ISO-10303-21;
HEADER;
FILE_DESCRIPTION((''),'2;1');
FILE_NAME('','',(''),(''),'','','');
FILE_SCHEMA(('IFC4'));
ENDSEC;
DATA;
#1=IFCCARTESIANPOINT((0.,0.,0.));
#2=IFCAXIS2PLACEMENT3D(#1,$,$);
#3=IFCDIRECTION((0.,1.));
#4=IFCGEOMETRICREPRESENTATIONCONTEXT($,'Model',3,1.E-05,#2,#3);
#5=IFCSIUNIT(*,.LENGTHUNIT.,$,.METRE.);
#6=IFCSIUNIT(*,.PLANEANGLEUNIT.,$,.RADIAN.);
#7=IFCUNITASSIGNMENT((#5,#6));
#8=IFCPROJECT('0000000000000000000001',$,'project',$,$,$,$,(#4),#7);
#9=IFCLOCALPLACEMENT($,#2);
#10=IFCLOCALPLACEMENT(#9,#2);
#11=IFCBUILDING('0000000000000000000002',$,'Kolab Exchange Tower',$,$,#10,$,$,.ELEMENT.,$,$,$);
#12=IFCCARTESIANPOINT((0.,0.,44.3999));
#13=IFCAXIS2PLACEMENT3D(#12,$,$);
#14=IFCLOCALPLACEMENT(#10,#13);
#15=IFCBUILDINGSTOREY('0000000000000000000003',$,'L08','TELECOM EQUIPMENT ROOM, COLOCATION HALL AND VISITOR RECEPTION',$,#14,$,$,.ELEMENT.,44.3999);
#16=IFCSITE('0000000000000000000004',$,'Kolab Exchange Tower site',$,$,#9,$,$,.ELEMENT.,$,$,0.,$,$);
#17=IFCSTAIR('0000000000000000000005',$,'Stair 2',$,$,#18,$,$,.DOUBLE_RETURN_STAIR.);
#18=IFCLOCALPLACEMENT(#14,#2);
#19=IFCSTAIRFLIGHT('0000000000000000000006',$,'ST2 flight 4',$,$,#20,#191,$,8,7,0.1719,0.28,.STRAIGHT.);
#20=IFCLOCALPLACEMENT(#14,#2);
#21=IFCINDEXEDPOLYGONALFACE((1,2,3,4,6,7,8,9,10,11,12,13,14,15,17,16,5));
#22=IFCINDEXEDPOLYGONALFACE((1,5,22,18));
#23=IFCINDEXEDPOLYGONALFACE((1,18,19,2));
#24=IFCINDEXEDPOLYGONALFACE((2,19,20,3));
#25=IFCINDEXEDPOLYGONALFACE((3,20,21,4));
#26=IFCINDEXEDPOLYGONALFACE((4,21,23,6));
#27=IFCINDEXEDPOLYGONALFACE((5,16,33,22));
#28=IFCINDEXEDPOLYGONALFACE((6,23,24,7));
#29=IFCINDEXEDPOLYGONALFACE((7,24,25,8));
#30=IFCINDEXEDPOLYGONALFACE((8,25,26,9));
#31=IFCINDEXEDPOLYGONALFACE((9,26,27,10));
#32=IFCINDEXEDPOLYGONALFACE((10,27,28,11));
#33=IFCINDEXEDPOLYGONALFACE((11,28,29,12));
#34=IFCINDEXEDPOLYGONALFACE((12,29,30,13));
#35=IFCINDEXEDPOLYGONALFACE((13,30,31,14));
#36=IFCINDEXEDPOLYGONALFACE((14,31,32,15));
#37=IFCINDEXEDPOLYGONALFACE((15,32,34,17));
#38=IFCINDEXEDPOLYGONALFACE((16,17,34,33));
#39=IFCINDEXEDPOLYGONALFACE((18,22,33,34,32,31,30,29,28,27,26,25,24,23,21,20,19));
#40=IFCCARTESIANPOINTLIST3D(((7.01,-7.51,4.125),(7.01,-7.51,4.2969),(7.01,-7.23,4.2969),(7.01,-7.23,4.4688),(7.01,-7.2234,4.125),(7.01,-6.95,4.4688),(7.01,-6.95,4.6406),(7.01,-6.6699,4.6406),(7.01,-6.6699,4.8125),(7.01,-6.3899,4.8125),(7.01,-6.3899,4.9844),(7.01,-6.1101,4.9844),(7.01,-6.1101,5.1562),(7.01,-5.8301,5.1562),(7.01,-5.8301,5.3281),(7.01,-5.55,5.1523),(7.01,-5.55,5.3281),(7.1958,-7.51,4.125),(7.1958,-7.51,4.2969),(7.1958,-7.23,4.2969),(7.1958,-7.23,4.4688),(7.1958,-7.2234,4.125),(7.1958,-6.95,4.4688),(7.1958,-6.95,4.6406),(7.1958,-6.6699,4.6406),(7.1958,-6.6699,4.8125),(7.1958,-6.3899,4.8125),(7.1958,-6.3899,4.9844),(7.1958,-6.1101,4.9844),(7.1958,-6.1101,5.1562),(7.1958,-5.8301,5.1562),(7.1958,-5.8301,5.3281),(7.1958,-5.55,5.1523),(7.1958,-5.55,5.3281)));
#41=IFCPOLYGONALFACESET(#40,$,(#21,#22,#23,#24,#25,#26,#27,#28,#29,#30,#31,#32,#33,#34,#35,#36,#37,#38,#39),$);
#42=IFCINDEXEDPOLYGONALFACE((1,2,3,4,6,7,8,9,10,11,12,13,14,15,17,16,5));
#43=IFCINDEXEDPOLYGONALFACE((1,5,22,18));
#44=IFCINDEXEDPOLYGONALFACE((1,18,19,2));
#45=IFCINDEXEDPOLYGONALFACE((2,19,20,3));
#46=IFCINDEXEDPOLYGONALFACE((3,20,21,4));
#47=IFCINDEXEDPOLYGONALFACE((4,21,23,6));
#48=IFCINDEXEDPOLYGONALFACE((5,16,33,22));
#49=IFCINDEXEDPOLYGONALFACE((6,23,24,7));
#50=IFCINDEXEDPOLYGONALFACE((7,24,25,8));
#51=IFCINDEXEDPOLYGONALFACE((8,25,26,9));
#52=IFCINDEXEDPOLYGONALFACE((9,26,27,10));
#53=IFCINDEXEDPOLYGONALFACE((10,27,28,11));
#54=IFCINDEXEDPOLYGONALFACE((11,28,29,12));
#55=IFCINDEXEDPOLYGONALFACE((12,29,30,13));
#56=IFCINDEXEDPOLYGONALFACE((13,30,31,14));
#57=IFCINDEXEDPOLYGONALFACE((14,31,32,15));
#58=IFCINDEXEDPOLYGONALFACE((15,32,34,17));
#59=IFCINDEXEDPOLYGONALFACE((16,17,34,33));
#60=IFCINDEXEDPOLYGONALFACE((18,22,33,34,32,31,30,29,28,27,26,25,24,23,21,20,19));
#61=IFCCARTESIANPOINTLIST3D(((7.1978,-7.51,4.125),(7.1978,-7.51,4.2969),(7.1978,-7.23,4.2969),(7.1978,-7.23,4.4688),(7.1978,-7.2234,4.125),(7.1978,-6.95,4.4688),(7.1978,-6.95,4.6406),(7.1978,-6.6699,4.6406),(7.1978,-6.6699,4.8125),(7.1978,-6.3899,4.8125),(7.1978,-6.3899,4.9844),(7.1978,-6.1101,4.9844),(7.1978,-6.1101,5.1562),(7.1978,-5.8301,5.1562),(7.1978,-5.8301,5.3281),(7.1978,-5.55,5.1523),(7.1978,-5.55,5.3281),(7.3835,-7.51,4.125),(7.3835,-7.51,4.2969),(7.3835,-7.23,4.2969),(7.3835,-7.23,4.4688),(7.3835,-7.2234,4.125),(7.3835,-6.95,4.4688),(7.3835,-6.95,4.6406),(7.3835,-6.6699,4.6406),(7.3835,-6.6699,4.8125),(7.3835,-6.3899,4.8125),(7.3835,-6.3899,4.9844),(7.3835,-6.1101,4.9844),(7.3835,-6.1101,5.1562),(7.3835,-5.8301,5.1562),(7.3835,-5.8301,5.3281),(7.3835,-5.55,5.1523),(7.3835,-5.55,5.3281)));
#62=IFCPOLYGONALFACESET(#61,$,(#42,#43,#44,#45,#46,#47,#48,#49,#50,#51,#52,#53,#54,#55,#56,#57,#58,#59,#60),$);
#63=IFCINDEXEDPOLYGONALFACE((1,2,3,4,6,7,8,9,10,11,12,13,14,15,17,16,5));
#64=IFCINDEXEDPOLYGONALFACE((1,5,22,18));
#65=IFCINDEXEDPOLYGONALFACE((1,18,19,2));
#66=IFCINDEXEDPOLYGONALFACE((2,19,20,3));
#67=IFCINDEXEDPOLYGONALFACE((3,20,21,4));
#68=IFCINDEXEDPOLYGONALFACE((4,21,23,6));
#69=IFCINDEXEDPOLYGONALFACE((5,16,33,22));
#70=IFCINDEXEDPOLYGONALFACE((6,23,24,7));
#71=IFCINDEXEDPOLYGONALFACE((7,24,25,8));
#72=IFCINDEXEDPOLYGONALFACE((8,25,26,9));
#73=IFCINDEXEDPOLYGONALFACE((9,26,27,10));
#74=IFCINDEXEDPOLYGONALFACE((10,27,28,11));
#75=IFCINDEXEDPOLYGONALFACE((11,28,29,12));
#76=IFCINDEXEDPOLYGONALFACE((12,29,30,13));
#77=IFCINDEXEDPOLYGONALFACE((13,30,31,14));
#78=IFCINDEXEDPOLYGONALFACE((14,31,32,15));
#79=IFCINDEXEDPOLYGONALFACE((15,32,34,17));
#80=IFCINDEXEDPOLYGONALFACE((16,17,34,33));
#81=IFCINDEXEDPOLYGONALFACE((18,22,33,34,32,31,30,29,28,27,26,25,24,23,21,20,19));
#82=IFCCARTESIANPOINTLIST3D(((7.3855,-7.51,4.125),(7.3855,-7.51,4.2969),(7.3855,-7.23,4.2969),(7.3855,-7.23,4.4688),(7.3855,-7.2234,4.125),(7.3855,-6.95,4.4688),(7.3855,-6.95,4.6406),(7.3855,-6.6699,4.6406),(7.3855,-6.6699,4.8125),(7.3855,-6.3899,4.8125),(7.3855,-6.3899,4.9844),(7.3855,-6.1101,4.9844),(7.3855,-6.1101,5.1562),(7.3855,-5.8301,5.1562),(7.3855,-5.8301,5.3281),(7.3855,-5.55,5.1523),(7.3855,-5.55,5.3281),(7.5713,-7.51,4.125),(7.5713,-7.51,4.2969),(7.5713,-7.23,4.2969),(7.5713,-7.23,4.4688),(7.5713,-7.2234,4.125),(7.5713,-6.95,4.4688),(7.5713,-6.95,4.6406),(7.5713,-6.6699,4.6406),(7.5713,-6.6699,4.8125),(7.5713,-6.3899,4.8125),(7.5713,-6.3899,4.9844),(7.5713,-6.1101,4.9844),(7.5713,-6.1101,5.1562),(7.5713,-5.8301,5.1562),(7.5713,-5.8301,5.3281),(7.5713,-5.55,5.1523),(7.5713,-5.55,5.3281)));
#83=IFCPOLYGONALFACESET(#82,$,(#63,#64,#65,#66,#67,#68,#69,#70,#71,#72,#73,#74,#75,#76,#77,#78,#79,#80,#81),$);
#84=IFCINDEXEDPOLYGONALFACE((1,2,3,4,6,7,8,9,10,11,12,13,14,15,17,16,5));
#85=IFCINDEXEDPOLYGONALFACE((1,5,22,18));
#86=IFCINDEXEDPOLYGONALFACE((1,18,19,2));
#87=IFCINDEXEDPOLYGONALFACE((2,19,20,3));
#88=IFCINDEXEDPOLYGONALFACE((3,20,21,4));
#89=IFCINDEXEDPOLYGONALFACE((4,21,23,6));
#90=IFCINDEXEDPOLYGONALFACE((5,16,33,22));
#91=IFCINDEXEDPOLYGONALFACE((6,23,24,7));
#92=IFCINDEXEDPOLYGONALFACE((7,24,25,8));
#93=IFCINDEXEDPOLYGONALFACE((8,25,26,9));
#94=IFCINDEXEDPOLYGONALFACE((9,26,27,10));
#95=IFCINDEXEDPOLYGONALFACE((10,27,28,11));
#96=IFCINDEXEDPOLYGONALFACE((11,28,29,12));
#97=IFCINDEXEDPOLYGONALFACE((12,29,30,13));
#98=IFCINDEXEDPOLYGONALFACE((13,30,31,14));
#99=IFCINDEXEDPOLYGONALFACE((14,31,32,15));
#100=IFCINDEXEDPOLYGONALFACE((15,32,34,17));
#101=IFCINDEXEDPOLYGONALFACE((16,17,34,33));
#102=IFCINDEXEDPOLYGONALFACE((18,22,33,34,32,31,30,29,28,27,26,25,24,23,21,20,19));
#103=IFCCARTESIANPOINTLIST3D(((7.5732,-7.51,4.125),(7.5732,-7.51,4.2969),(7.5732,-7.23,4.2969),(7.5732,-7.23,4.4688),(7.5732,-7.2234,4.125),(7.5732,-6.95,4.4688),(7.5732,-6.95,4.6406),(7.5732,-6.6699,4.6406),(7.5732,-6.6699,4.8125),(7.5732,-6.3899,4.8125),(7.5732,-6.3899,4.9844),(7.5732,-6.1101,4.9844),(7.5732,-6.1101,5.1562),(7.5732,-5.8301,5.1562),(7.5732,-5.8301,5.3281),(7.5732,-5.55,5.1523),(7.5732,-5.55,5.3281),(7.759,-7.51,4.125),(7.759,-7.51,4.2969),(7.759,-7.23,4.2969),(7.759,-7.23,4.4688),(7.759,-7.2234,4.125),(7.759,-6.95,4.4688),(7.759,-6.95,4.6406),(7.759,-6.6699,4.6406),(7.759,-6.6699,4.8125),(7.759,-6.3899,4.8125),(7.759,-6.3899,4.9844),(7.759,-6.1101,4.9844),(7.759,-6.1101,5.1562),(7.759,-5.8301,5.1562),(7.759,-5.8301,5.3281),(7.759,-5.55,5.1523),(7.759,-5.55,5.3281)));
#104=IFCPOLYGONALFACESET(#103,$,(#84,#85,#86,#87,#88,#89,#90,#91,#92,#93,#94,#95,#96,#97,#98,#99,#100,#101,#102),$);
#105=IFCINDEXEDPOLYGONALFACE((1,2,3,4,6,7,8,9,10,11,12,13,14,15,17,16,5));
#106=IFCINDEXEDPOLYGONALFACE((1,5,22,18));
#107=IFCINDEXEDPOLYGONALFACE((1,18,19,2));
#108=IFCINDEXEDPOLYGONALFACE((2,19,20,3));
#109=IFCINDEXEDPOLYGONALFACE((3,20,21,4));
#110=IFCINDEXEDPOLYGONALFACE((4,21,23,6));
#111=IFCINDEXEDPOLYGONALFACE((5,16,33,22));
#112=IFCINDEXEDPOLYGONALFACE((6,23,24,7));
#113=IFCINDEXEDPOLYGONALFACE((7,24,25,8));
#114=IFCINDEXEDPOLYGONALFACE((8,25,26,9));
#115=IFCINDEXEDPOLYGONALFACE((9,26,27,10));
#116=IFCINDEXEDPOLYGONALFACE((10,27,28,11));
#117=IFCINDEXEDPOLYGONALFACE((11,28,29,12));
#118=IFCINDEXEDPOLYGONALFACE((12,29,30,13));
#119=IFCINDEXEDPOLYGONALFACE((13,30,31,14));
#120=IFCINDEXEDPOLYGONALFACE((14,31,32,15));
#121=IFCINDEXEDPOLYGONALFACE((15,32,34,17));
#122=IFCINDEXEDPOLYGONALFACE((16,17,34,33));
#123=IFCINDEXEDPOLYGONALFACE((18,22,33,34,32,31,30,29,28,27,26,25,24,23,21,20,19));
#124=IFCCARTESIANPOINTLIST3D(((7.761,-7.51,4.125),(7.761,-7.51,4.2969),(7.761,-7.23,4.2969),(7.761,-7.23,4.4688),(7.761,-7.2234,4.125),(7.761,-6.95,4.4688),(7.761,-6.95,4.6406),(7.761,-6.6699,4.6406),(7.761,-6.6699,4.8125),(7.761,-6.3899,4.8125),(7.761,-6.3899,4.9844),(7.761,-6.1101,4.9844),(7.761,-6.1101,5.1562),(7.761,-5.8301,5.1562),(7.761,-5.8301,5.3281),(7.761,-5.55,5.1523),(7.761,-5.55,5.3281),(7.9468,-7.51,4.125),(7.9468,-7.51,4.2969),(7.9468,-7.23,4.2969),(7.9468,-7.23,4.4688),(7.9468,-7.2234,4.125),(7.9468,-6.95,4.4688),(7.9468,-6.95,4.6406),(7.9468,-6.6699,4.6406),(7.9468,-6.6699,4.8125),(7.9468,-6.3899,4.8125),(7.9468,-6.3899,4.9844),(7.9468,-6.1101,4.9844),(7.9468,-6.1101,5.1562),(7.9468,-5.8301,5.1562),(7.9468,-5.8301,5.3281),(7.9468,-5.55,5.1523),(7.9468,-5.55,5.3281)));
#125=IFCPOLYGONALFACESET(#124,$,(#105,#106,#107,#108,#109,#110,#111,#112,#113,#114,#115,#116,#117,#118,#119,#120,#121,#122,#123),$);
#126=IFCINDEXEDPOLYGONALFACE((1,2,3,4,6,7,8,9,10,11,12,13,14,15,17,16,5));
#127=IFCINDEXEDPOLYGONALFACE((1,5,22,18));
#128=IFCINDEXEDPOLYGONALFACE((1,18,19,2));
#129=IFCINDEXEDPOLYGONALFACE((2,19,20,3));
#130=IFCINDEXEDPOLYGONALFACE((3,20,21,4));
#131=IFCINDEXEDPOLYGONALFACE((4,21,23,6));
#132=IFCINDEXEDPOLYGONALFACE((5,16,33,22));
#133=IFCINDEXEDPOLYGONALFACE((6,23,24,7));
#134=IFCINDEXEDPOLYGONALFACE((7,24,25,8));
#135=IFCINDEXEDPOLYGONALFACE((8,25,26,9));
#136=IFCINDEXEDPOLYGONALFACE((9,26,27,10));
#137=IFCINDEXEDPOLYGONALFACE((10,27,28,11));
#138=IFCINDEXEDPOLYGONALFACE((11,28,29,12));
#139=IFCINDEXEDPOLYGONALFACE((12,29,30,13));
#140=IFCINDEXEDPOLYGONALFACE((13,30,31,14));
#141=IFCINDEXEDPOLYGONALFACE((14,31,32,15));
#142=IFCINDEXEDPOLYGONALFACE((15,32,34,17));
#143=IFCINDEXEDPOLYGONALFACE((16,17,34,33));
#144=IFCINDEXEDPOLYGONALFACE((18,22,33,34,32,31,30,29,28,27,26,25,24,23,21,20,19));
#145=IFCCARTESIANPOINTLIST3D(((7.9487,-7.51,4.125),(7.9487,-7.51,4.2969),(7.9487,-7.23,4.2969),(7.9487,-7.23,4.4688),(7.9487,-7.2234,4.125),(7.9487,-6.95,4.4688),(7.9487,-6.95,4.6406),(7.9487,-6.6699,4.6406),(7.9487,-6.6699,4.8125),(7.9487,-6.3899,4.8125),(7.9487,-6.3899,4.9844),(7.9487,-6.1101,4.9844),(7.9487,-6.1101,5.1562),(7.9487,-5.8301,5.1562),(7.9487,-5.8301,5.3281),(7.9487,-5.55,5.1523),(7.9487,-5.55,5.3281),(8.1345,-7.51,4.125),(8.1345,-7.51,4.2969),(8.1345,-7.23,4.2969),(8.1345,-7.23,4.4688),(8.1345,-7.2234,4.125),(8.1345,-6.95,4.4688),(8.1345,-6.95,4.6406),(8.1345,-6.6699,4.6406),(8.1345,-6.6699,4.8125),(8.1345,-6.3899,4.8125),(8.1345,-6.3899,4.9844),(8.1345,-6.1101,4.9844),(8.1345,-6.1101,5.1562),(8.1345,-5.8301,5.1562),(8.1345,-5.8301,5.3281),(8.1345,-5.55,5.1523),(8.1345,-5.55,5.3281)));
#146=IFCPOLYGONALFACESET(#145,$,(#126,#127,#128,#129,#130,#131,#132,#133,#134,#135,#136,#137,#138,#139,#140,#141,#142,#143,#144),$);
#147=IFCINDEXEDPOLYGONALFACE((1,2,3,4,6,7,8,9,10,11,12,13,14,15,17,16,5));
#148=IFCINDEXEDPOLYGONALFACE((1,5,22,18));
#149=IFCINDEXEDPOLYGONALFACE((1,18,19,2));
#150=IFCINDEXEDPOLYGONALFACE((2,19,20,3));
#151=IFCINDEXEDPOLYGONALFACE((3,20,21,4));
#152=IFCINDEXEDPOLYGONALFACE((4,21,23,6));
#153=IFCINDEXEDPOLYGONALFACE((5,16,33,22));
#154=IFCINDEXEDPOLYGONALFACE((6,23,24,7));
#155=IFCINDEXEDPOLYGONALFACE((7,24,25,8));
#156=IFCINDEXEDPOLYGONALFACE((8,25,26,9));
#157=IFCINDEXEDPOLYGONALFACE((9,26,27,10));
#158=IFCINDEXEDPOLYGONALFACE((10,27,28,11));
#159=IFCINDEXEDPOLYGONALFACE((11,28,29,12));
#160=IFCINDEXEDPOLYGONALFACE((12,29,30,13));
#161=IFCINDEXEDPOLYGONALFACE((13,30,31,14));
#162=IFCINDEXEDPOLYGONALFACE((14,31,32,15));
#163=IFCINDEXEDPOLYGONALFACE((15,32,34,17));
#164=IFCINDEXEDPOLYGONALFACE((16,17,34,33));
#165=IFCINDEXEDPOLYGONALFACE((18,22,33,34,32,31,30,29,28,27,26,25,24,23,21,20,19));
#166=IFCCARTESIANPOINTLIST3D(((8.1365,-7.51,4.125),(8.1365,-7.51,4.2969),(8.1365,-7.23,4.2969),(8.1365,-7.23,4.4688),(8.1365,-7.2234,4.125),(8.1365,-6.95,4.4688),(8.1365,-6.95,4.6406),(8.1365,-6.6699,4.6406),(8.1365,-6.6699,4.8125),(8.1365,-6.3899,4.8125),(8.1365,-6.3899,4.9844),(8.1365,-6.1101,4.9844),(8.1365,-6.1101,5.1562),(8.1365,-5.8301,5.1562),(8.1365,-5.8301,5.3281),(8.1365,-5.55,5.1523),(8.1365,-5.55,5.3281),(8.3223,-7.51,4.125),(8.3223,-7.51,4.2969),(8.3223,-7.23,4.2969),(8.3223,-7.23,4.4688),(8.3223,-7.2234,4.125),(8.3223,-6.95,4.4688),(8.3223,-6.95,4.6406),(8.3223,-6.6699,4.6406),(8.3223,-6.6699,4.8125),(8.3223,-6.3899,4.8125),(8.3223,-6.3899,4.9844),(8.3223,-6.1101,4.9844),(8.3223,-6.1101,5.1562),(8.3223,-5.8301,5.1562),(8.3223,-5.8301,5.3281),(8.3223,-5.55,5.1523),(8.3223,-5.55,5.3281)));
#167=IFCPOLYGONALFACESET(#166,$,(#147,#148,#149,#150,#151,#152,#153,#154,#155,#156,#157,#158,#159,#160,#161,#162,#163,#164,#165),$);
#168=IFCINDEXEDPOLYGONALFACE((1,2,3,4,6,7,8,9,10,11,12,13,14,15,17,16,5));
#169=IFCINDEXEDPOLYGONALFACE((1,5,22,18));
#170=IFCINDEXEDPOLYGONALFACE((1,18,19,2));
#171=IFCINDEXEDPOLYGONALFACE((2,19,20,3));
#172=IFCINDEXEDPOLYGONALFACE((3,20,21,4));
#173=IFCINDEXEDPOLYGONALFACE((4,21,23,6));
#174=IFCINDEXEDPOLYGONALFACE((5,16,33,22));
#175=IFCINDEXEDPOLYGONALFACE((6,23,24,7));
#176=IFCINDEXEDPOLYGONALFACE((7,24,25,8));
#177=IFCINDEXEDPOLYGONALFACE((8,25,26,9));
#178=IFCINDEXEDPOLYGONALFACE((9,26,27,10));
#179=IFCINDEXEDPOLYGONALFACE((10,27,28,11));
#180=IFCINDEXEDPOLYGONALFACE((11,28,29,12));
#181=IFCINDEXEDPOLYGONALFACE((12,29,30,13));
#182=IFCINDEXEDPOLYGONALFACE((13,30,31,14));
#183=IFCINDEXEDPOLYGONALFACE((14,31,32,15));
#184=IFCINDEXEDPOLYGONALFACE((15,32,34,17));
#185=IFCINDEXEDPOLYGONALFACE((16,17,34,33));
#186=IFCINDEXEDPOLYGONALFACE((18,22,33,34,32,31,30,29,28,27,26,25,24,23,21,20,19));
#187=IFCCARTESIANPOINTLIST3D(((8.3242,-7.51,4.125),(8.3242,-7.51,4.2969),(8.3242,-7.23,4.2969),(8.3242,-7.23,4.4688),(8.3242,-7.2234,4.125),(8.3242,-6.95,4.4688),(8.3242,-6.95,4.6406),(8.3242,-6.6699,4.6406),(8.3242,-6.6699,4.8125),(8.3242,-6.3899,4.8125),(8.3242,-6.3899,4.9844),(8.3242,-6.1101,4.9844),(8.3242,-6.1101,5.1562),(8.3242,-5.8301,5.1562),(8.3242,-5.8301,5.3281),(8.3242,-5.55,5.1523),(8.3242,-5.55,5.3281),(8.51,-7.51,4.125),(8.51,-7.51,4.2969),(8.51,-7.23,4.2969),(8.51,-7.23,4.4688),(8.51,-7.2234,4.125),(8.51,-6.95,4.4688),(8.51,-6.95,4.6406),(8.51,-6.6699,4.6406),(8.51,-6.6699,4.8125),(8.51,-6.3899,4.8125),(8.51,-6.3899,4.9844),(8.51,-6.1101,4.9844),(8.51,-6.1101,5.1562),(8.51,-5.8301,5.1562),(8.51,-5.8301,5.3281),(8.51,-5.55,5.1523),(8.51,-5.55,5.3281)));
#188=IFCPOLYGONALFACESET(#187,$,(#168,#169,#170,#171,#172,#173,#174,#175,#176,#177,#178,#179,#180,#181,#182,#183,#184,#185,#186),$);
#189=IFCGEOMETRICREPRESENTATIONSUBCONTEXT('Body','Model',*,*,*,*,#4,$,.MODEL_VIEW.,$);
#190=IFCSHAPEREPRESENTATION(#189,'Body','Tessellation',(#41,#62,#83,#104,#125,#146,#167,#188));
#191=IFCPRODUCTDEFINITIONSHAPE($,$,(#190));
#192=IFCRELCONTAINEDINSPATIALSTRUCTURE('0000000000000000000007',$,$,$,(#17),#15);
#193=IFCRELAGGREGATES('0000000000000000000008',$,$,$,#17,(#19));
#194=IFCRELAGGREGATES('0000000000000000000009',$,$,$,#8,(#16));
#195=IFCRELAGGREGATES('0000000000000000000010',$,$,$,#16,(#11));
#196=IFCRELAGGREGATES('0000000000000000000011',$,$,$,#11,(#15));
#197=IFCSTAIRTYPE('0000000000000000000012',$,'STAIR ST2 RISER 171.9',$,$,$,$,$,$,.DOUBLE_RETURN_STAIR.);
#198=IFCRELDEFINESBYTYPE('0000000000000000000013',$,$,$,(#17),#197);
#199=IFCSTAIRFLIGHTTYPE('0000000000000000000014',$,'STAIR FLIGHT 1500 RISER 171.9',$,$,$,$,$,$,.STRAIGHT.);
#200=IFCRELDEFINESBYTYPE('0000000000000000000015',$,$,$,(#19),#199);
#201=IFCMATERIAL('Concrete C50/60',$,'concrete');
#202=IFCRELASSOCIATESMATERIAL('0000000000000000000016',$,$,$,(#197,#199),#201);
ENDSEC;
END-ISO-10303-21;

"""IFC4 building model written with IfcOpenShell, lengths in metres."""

from ifc_helpers import new_model, si_unit, direction, frame, origin, place, context, subcontext, project, spatial, polyline, outline, extrude, material, type_object, element, aggregate, save


model = new_model("IFC4")

# Units and contexts
model_context = context("Model", 3, precision=1e-05, world=origin(), true_north=direction((0.0, 1.0)))
body_context = subcontext(model_context, "Body", "Model", "MODEL_VIEW")
ifc_project = project(units=[si_unit("LENGTHUNIT", "METRE"), si_unit("PLANEANGLEUNIT", "RADIAN")], contexts=[model_context])

# Site, building, storey
site_placement = place(None, origin())
site = spatial("IfcSite", under=ifc_project, at=site_placement, Name="Kolab Exchange Tower site", CompositionType="ELEMENT", RefElevation=0.0)
building_placement = place(site_placement, origin())
building = spatial("IfcBuilding", under=site, at=building_placement, Name="Kolab Exchange Tower", CompositionType="ELEMENT")
storey_placement = place(building_placement, frame((0.0, 0.0, 44.3999)))
storey = spatial("IfcBuildingStorey", under=building, at=storey_placement, Name="L08", Description="TELECOM EQUIPMENT ROOM, COLOCATION HALL AND VISITOR RECEPTION", CompositionType="ELEMENT", Elevation=44.3999)

# Shared definitions
ifc_material_1 = material(Name="Concrete C50/60", Category="concrete")

# Stair, stair flight
stair_type = type_object("IfcStairType", Name="STAIR ST2 RISER 171.9", PredefinedType="DOUBLE_RETURN_STAIR", material=ifc_material_1)
stair_placement = place(storey_placement, origin())
stair = element("IfcStair", 1, at=stair_placement, inside=storey, type_object=stair_type, Name="Stair 2", PredefinedType="DOUBLE_RETURN_STAIR")
stair_flight_type = type_object("IfcStairFlightType", Name="STAIR FLIGHT 1500 RISER 171.9", PredefinedType="STRAIGHT", material=ifc_material_1)
stair_flight_1_placement = place(storey_placement, frame((7.76, -7.51, 4.125), z_axis=(0.0, 0.0, 1.0), x_axis=(0.0, 1.0, 0.0)))
stair_flight_1 = element("IfcStairFlight", 2, at=stair_flight_1_placement, type_object=stair_flight_type, Name="ST2 flight 4", NumberOfRisers=8, NumberOfTreads=7, PredefinedType="STRAIGHT", RiserHeight=0.1719, TreadLength=0.28, context=body_context, shape_type="SweptSolid", body=[
    extrude(outline(polyline([(0.0, 0.0), (0.0, 0.1719), (0.28, 0.1719), (0.28, 0.3438), (0.5601, 0.3438), (0.5601, 0.5156), (0.8401, 0.5156), (0.8401, 0.6875), (1.1201, 0.6875), (1.1201, 0.8594), (1.3999, 0.8594), (1.3999, 1.0312), (1.6799, 1.0312), (1.6799, 1.2031), (1.96, 1.2031), (1.96, 1.375), (1.96, 1.0273), (0.2866, 0.0), (0.0, 0.0)])), frame((0.0, 0.75, 0.0), z_axis=(0.0, -1.0, 0.0), x_axis=(1.0, 0.0, 0.0)), (0.0, 0.0, 1.0), 0.1858),
    extrude(outline(polyline([(0.0, 0.0), (0.0, 0.1719), (0.28, 0.1719), (0.28, 0.3438), (0.5601, 0.3438), (0.5601, 0.5156), (0.8401, 0.5156), (0.8401, 0.6875), (1.1201, 0.6875), (1.1201, 0.8594), (1.3999, 0.8594), (1.3999, 1.0312), (1.6799, 1.0312), (1.6799, 1.2031), (1.96, 1.2031), (1.96, 1.375), (1.96, 1.0273), (0.2866, 0.0), (0.0, 0.0)])), frame((0.0, 0.5623, 0.0), z_axis=(0.0, -1.0, 0.0), x_axis=(1.0, 0.0, 0.0)), (0.0, 0.0, 1.0), 0.1858),
    extrude(outline(polyline([(0.0, 0.0), (0.0, 0.1719), (0.28, 0.1719), (0.28, 0.3438), (0.5601, 0.3438), (0.5601, 0.5156), (0.8401, 0.5156), (0.8401, 0.6875), (1.1201, 0.6875), (1.1201, 0.8594), (1.3999, 0.8594), (1.3999, 1.0312), (1.6799, 1.0312), (1.6799, 1.2031), (1.96, 1.2031), (1.96, 1.375), (1.96, 1.0273), (0.2866, 0.0), (0.0, 0.0)])), frame((0.0, 0.3745, 0.0), z_axis=(0.0, -1.0, 0.0), x_axis=(1.0, 0.0, 0.0)), (0.0, 0.0, 1.0), 0.1858),
    extrude(outline(polyline([(0.0, 0.0), (0.0, 0.1719), (0.28, 0.1719), (0.28, 0.3438), (0.5601, 0.3438), (0.5601, 0.5156), (0.8401, 0.5156), (0.8401, 0.6875), (1.1201, 0.6875), (1.1201, 0.8594), (1.3999, 0.8594), (1.3999, 1.0312), (1.6799, 1.0312), (1.6799, 1.2031), (1.96, 1.2031), (1.96, 1.375), (1.96, 1.0273), (0.2866, 0.0), (0.0, 0.0)])), frame((0.0, 0.1868, 0.0), z_axis=(0.0, -1.0, 0.0), x_axis=(1.0, 0.0, 0.0)), (0.0, 0.0, 1.0), 0.1858),
    extrude(outline(polyline([(0.0, 0.0), (0.0, 0.1719), (0.28, 0.1719), (0.28, 0.3438), (0.5601, 0.3438), (0.5601, 0.5156), (0.8401, 0.5156), (0.8401, 0.6875), (1.1201, 0.6875), (1.1201, 0.8594), (1.3999, 0.8594), (1.3999, 1.0312), (1.6799, 1.0312), (1.6799, 1.2031), (1.96, 1.2031), (1.96, 1.375), (1.96, 1.0273), (0.2866, 0.0), (0.0, 0.0)])), frame((0.0, -0.001, 0.0), z_axis=(0.0, -1.0, 0.0), x_axis=(1.0, 0.0, 0.0)), (0.0, 0.0, 1.0), 0.1858),
    extrude(outline(polyline([(0.0, 0.0), (0.0, 0.1719), (0.28, 0.1719), (0.28, 0.3438), (0.5601, 0.3438), (0.5601, 0.5156), (0.8401, 0.5156), (0.8401, 0.6875), (1.1201, 0.6875), (1.1201, 0.8594), (1.3999, 0.8594), (1.3999, 1.0312), (1.6799, 1.0312), (1.6799, 1.2031), (1.96, 1.2031), (1.96, 1.375), (1.96, 1.0273), (0.2866, 0.0), (0.0, 0.0)])), frame((0.0, -0.1887, 0.0), z_axis=(0.0, -1.0, 0.0), x_axis=(1.0, 0.0, 0.0)), (0.0, 0.0, 1.0), 0.1858),
    extrude(outline(polyline([(0.0, 0.0), (0.0, 0.1719), (0.28, 0.1719), (0.28, 0.3438), (0.5601, 0.3438), (0.5601, 0.5156), (0.8401, 0.5156), (0.8401, 0.6875), (1.1201, 0.6875), (1.1201, 0.8594), (1.3999, 0.8594), (1.3999, 1.0312), (1.6799, 1.0312), (1.6799, 1.2031), (1.96, 1.2031), (1.96, 1.375), (1.96, 1.0273), (0.2866, 0.0), (0.0, 0.0)])), frame((0.0, -0.3765, 0.0), z_axis=(0.0, -1.0, 0.0), x_axis=(1.0, 0.0, 0.0)), (0.0, 0.0, 1.0), 0.1858),
    extrude(outline(polyline([(0.0, 0.0), (0.0, 0.1719), (0.28, 0.1719), (0.28, 0.3438), (0.5601, 0.3438), (0.5601, 0.5156), (0.8401, 0.5156), (0.8401, 0.6875), (1.1201, 0.6875), (1.1201, 0.8594), (1.3999, 0.8594), (1.3999, 1.0312), (1.6799, 1.0312), (1.6799, 1.2031), (1.96, 1.2031), (1.96, 1.375), (1.96, 1.0273), (0.2866, 0.0), (0.0, 0.0)])), frame((0.0, -0.5642, 0.0), z_axis=(0.0, -1.0, 0.0), x_axis=(1.0, 0.0, 0.0)), (0.0, 0.0, 1.0), 0.1858),
])
aggregate(stair, [stair_flight_1])

save(model, "model.ifc")
